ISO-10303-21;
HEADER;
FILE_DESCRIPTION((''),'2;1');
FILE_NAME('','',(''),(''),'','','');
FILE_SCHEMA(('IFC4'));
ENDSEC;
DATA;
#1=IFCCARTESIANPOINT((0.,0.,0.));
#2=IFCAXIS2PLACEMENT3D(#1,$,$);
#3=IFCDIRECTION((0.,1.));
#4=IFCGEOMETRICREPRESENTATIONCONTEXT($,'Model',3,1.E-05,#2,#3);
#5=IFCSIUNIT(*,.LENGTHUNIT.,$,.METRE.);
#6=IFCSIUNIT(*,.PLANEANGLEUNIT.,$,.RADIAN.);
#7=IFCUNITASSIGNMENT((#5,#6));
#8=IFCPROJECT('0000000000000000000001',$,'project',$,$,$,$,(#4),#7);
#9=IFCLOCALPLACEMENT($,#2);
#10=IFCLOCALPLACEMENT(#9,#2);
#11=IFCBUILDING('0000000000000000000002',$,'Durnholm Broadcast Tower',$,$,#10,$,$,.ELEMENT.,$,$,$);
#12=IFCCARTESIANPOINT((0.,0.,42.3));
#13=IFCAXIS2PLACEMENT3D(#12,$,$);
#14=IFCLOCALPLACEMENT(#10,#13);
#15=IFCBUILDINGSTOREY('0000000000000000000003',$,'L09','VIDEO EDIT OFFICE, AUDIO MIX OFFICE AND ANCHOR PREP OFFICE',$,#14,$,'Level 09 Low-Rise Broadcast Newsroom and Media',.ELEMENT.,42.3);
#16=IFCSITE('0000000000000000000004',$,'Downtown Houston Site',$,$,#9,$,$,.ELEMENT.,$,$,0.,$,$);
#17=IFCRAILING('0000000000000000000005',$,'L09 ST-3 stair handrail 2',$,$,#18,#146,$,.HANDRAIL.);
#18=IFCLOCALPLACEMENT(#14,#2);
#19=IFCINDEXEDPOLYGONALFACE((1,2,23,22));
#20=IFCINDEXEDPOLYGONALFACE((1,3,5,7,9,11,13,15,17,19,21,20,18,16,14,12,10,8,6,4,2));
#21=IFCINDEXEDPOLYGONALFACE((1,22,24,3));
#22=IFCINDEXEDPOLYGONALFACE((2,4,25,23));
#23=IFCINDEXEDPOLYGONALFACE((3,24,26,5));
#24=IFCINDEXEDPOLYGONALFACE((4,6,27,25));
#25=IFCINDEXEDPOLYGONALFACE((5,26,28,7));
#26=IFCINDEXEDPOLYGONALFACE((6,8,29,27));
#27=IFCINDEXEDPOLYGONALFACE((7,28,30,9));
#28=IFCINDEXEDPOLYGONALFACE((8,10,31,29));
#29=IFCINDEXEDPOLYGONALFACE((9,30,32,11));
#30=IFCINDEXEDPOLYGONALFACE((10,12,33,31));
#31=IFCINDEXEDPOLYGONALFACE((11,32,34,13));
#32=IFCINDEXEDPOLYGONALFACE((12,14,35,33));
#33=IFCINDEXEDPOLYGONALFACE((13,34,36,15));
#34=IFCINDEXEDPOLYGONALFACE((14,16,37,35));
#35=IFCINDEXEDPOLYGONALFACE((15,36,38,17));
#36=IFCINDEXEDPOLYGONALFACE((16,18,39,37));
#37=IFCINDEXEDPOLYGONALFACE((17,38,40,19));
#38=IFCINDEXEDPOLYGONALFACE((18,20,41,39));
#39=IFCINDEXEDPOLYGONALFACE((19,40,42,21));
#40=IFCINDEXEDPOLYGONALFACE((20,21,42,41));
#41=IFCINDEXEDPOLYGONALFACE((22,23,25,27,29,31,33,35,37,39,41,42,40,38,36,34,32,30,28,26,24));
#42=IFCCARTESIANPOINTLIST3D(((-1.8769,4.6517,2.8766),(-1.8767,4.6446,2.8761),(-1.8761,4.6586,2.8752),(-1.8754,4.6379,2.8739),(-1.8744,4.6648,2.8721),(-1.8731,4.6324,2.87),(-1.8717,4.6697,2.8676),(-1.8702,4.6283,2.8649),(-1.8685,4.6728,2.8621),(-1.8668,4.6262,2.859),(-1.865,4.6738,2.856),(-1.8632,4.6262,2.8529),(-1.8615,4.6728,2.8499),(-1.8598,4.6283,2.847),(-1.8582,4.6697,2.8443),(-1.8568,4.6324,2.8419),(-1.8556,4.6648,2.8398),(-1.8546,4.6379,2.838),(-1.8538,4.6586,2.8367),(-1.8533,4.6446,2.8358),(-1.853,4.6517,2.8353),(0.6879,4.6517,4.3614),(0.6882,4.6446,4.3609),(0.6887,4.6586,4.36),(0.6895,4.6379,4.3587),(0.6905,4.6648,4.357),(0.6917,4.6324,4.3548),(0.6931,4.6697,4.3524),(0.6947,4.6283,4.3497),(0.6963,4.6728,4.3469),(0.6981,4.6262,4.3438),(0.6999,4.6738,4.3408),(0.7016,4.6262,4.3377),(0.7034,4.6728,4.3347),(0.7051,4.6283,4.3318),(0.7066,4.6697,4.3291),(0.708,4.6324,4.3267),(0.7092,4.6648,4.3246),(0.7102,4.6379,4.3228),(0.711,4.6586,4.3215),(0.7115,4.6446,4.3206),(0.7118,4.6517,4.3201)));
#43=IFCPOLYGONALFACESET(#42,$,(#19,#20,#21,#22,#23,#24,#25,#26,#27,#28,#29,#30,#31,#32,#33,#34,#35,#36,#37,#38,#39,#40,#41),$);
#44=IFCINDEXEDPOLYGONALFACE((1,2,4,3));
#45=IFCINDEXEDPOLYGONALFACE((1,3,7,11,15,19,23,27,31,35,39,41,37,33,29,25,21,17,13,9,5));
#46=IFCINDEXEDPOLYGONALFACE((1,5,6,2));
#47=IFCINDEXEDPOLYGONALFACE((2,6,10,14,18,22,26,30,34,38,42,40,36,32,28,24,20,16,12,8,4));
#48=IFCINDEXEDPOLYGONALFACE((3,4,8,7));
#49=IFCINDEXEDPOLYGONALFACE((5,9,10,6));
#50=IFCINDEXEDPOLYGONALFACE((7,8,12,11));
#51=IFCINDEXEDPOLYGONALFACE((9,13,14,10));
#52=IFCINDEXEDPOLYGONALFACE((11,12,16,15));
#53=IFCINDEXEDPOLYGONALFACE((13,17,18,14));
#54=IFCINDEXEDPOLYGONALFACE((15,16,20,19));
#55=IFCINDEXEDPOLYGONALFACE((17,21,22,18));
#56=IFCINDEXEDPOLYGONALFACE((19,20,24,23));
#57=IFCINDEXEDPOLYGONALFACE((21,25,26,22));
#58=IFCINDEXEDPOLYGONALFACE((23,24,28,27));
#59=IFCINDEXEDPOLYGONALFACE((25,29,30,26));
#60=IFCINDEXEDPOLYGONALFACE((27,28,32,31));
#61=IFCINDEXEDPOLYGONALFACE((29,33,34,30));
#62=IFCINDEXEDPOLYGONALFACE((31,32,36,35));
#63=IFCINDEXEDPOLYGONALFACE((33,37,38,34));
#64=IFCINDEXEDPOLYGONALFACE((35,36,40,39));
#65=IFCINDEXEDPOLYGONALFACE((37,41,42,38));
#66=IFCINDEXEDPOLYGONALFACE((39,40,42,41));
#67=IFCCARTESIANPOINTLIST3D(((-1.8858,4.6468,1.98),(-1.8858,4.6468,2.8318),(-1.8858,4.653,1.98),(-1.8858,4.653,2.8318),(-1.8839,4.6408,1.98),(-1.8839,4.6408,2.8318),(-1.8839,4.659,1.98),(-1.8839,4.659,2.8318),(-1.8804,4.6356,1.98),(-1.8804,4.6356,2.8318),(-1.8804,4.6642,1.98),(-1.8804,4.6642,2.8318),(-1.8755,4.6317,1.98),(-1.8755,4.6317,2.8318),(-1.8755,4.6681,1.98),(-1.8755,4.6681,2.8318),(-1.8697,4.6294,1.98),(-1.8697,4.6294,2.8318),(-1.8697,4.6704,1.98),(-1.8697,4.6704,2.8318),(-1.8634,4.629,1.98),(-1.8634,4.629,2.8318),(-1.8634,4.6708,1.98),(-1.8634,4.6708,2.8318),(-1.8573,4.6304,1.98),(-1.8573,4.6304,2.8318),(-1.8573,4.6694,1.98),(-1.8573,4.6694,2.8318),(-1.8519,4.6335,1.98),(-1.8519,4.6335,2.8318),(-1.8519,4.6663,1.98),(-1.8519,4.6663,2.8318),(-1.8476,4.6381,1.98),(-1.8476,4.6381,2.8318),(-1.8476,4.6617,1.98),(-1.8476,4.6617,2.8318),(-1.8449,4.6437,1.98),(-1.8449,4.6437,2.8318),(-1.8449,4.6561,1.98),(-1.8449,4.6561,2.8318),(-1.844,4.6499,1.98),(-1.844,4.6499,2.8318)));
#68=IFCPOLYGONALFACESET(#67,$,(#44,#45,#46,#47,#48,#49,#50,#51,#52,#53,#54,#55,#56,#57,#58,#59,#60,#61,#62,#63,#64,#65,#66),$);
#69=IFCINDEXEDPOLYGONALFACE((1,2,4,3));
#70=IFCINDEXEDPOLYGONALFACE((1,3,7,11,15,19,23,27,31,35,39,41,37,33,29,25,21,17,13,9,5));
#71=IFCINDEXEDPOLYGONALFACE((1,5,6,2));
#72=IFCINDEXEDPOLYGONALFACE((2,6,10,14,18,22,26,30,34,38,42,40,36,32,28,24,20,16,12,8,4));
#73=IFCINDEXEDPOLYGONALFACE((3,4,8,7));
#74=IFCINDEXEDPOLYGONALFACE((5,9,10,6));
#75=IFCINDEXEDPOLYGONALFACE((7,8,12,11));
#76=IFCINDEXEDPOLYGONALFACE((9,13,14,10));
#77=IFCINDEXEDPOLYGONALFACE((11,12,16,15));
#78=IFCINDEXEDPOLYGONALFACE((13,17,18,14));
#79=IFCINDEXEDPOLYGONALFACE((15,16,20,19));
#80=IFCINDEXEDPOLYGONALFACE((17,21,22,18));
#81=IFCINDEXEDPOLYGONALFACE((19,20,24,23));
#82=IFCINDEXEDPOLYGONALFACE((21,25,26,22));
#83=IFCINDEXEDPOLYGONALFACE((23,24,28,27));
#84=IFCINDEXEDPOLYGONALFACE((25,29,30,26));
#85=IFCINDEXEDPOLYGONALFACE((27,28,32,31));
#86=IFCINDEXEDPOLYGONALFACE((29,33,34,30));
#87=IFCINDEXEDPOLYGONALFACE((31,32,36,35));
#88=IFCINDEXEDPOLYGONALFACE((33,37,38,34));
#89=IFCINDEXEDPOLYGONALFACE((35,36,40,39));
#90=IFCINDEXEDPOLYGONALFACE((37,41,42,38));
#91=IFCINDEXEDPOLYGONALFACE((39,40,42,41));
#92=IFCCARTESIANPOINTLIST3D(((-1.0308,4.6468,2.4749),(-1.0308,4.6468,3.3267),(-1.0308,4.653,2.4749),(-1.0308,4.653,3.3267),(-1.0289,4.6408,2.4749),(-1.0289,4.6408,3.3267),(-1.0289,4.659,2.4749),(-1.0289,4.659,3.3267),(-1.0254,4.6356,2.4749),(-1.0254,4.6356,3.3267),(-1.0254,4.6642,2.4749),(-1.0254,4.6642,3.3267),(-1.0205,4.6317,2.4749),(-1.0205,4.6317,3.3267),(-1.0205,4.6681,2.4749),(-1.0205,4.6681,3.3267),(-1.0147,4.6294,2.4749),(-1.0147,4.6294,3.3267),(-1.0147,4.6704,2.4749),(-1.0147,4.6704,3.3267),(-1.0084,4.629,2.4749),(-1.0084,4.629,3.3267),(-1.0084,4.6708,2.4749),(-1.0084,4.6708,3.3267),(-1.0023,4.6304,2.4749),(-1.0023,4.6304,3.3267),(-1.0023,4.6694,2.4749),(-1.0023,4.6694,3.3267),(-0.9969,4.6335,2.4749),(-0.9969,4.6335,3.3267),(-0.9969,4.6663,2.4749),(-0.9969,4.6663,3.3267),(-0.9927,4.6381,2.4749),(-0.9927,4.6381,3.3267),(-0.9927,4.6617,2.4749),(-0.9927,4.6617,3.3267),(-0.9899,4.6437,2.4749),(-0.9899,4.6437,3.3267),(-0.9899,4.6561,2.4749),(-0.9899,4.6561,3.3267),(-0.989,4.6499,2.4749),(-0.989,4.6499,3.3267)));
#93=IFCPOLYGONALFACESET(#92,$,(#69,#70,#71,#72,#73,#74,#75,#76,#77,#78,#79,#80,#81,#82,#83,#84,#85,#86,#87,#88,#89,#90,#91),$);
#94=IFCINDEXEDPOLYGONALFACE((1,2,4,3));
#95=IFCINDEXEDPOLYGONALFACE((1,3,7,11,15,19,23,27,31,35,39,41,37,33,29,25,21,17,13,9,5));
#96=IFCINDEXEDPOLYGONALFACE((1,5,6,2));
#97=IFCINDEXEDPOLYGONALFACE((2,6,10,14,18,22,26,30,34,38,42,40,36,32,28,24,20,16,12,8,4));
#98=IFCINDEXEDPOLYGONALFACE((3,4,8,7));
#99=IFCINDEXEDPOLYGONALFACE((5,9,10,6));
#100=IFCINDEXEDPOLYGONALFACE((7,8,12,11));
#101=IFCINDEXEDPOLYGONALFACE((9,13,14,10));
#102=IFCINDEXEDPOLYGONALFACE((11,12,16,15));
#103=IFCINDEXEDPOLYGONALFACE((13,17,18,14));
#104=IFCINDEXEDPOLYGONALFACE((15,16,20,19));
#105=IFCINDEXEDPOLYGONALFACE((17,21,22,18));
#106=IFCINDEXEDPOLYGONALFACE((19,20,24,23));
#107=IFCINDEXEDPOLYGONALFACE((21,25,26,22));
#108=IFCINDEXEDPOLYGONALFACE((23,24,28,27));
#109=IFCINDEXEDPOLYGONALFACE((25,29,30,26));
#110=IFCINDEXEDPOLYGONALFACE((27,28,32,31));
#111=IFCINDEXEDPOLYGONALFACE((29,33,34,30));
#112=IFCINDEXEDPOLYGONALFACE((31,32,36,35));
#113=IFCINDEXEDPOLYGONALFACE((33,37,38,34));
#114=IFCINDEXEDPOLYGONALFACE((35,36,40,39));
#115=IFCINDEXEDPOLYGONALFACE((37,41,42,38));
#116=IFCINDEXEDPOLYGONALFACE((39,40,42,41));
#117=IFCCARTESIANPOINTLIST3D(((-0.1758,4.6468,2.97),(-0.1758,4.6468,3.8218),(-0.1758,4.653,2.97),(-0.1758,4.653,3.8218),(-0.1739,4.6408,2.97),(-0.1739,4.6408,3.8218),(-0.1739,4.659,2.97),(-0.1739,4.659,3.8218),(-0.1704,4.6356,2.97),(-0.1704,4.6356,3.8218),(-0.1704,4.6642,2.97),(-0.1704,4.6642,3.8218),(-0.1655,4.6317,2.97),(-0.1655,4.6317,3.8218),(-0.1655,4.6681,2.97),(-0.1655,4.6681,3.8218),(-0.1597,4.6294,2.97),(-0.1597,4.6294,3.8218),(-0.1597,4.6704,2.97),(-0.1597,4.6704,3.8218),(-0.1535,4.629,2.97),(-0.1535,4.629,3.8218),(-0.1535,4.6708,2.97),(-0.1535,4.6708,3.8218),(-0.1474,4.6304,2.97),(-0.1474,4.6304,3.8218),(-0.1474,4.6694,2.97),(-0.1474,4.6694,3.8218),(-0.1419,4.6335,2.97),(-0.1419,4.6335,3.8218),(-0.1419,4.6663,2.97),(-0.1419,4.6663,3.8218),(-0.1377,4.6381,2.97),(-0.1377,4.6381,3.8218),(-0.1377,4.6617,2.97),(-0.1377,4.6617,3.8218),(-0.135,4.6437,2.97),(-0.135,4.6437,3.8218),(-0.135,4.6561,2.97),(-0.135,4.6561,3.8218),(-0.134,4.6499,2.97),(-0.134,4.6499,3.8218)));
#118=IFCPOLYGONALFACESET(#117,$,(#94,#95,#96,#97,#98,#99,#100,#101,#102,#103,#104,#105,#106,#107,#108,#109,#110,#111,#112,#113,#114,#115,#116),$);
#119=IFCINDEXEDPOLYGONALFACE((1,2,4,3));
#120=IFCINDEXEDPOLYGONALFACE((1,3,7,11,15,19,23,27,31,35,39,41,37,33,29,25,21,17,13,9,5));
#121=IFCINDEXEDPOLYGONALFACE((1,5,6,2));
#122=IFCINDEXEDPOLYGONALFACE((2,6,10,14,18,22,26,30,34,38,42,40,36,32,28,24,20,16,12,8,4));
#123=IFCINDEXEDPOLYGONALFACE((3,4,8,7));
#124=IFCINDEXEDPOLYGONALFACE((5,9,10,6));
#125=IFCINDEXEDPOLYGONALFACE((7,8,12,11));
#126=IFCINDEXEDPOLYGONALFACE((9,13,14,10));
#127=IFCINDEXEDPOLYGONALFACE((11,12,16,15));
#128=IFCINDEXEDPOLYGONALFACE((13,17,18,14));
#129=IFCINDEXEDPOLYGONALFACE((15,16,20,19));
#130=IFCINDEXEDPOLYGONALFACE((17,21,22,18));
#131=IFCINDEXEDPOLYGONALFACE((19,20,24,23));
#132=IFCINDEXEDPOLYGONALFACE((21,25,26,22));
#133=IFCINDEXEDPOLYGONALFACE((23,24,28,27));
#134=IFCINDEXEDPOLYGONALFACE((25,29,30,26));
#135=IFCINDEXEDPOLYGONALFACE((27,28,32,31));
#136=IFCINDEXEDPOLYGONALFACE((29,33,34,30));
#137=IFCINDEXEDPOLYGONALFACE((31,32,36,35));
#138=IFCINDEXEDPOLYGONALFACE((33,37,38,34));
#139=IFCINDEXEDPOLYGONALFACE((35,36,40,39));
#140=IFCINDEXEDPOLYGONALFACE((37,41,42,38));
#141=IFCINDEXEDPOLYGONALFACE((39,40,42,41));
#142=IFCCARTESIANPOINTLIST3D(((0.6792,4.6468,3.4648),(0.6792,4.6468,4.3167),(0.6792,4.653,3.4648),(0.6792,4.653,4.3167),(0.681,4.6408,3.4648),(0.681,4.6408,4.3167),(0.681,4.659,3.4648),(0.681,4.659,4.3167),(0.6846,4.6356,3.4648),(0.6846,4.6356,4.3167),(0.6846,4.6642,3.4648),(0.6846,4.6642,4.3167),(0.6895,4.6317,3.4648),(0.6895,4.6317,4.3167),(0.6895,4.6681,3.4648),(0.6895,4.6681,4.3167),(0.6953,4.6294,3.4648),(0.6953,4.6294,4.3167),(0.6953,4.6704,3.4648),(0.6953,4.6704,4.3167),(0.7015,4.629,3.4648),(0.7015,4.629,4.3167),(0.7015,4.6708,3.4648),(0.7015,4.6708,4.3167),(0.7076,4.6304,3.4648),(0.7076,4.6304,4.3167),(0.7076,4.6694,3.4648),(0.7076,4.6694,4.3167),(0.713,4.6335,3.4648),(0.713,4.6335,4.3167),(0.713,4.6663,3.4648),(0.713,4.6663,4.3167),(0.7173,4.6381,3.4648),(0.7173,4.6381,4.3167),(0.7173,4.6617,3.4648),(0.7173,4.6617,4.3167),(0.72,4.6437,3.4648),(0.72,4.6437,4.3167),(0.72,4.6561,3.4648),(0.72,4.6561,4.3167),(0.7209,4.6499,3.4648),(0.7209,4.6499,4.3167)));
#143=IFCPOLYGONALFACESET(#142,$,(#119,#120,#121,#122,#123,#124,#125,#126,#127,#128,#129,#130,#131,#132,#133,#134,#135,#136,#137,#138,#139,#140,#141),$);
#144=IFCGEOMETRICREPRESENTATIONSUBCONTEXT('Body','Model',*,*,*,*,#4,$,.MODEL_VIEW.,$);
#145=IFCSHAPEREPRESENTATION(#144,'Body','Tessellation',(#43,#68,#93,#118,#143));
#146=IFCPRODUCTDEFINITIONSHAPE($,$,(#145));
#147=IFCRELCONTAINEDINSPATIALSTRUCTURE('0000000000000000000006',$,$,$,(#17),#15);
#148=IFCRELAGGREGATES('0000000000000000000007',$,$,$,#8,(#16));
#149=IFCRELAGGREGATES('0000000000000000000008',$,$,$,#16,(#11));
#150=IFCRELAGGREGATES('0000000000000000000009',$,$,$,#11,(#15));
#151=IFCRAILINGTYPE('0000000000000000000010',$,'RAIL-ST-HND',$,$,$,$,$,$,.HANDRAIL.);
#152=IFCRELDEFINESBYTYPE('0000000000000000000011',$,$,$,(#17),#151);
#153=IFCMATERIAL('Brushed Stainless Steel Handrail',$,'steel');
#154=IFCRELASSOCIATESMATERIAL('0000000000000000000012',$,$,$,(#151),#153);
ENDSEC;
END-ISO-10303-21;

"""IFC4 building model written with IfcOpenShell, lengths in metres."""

from ifc_helpers import new_model, si_unit, direction, frame, origin, origin_2d, place, context, subcontext, project, spatial, circle, extrude, material, type_object, element, save


model = new_model("IFC4")

# Units and contexts
model_context = context("Model", 3, precision=1e-05, world=origin(), true_north=direction((0.0, 1.0)))
body_context = subcontext(model_context, "Body", "Model", "MODEL_VIEW")
ifc_project = project(units=[si_unit("LENGTHUNIT", "METRE"), si_unit("PLANEANGLEUNIT", "RADIAN")], contexts=[model_context])

# Site, building, storey
site_placement = place(None, origin())
site = spatial("IfcSite", under=ifc_project, at=site_placement, Name="Downtown Houston Site", CompositionType="ELEMENT", RefElevation=0.0)
building_placement = place(site_placement, origin())
building = spatial("IfcBuilding", under=site, at=building_placement, Name="Durnholm Broadcast Tower", CompositionType="ELEMENT")
storey_placement = place(building_placement, frame((0.0, 0.0, 42.3)))
storey = spatial("IfcBuildingStorey", under=building, at=storey_placement, Name="L09", Description="VIDEO EDIT OFFICE, AUDIO MIX OFFICE AND ANCHOR PREP OFFICE", LongName="Level 09 Low-Rise Broadcast Newsroom and Media", CompositionType="ELEMENT", Elevation=42.3)

# Railing
ifc_material_1 = material(Name="Brushed Stainless Steel Handrail", Category="steel")
railing_type_1 = type_object("IfcRailingType", Name="RAIL-ST-HND", PredefinedType="HANDRAIL", material=ifc_material_1)
railing_1_placement = place(storey_placement, frame((-1.865, 4.6499, 1.98)))
element("IfcRailing", 1, at=railing_1_placement, inside=storey, type_object=railing_type_1, Name="L09 ST-3 stair handrail 2", PredefinedType="HANDRAIL", context=body_context, shape_type="SweptSolid", body=[
    extrude(circle(Radius=0.0239, at=origin_2d()), frame((0.0, 0.0, 0.876), z_axis=(0.865441, 0.0, 0.50101), x_axis=(0.0, 1.0, 0.0)), (0.0, 0.0, 1.0), 2.9636),
    extrude(circle(Radius=0.021, at=origin_2d()), origin(), (0.0, 0.0, 1.0), 0.8518),
    extrude(circle(Radius=0.021, at=origin_2d()), frame((0.855, 0.0, 0.4949)), (0.0, 0.0, 1.0), 0.8518),
    extrude(circle(Radius=0.021, at=origin_2d()), frame((1.71, 0.0, 0.99)), (0.0, 0.0, 1.0), 0.8518),
    extrude(circle(Radius=0.021, at=origin_2d()), frame((2.5649, 0.0, 1.4849)), (0.0, 0.0, 1.0), 0.8518),
])

save(model, "model.ifc")
